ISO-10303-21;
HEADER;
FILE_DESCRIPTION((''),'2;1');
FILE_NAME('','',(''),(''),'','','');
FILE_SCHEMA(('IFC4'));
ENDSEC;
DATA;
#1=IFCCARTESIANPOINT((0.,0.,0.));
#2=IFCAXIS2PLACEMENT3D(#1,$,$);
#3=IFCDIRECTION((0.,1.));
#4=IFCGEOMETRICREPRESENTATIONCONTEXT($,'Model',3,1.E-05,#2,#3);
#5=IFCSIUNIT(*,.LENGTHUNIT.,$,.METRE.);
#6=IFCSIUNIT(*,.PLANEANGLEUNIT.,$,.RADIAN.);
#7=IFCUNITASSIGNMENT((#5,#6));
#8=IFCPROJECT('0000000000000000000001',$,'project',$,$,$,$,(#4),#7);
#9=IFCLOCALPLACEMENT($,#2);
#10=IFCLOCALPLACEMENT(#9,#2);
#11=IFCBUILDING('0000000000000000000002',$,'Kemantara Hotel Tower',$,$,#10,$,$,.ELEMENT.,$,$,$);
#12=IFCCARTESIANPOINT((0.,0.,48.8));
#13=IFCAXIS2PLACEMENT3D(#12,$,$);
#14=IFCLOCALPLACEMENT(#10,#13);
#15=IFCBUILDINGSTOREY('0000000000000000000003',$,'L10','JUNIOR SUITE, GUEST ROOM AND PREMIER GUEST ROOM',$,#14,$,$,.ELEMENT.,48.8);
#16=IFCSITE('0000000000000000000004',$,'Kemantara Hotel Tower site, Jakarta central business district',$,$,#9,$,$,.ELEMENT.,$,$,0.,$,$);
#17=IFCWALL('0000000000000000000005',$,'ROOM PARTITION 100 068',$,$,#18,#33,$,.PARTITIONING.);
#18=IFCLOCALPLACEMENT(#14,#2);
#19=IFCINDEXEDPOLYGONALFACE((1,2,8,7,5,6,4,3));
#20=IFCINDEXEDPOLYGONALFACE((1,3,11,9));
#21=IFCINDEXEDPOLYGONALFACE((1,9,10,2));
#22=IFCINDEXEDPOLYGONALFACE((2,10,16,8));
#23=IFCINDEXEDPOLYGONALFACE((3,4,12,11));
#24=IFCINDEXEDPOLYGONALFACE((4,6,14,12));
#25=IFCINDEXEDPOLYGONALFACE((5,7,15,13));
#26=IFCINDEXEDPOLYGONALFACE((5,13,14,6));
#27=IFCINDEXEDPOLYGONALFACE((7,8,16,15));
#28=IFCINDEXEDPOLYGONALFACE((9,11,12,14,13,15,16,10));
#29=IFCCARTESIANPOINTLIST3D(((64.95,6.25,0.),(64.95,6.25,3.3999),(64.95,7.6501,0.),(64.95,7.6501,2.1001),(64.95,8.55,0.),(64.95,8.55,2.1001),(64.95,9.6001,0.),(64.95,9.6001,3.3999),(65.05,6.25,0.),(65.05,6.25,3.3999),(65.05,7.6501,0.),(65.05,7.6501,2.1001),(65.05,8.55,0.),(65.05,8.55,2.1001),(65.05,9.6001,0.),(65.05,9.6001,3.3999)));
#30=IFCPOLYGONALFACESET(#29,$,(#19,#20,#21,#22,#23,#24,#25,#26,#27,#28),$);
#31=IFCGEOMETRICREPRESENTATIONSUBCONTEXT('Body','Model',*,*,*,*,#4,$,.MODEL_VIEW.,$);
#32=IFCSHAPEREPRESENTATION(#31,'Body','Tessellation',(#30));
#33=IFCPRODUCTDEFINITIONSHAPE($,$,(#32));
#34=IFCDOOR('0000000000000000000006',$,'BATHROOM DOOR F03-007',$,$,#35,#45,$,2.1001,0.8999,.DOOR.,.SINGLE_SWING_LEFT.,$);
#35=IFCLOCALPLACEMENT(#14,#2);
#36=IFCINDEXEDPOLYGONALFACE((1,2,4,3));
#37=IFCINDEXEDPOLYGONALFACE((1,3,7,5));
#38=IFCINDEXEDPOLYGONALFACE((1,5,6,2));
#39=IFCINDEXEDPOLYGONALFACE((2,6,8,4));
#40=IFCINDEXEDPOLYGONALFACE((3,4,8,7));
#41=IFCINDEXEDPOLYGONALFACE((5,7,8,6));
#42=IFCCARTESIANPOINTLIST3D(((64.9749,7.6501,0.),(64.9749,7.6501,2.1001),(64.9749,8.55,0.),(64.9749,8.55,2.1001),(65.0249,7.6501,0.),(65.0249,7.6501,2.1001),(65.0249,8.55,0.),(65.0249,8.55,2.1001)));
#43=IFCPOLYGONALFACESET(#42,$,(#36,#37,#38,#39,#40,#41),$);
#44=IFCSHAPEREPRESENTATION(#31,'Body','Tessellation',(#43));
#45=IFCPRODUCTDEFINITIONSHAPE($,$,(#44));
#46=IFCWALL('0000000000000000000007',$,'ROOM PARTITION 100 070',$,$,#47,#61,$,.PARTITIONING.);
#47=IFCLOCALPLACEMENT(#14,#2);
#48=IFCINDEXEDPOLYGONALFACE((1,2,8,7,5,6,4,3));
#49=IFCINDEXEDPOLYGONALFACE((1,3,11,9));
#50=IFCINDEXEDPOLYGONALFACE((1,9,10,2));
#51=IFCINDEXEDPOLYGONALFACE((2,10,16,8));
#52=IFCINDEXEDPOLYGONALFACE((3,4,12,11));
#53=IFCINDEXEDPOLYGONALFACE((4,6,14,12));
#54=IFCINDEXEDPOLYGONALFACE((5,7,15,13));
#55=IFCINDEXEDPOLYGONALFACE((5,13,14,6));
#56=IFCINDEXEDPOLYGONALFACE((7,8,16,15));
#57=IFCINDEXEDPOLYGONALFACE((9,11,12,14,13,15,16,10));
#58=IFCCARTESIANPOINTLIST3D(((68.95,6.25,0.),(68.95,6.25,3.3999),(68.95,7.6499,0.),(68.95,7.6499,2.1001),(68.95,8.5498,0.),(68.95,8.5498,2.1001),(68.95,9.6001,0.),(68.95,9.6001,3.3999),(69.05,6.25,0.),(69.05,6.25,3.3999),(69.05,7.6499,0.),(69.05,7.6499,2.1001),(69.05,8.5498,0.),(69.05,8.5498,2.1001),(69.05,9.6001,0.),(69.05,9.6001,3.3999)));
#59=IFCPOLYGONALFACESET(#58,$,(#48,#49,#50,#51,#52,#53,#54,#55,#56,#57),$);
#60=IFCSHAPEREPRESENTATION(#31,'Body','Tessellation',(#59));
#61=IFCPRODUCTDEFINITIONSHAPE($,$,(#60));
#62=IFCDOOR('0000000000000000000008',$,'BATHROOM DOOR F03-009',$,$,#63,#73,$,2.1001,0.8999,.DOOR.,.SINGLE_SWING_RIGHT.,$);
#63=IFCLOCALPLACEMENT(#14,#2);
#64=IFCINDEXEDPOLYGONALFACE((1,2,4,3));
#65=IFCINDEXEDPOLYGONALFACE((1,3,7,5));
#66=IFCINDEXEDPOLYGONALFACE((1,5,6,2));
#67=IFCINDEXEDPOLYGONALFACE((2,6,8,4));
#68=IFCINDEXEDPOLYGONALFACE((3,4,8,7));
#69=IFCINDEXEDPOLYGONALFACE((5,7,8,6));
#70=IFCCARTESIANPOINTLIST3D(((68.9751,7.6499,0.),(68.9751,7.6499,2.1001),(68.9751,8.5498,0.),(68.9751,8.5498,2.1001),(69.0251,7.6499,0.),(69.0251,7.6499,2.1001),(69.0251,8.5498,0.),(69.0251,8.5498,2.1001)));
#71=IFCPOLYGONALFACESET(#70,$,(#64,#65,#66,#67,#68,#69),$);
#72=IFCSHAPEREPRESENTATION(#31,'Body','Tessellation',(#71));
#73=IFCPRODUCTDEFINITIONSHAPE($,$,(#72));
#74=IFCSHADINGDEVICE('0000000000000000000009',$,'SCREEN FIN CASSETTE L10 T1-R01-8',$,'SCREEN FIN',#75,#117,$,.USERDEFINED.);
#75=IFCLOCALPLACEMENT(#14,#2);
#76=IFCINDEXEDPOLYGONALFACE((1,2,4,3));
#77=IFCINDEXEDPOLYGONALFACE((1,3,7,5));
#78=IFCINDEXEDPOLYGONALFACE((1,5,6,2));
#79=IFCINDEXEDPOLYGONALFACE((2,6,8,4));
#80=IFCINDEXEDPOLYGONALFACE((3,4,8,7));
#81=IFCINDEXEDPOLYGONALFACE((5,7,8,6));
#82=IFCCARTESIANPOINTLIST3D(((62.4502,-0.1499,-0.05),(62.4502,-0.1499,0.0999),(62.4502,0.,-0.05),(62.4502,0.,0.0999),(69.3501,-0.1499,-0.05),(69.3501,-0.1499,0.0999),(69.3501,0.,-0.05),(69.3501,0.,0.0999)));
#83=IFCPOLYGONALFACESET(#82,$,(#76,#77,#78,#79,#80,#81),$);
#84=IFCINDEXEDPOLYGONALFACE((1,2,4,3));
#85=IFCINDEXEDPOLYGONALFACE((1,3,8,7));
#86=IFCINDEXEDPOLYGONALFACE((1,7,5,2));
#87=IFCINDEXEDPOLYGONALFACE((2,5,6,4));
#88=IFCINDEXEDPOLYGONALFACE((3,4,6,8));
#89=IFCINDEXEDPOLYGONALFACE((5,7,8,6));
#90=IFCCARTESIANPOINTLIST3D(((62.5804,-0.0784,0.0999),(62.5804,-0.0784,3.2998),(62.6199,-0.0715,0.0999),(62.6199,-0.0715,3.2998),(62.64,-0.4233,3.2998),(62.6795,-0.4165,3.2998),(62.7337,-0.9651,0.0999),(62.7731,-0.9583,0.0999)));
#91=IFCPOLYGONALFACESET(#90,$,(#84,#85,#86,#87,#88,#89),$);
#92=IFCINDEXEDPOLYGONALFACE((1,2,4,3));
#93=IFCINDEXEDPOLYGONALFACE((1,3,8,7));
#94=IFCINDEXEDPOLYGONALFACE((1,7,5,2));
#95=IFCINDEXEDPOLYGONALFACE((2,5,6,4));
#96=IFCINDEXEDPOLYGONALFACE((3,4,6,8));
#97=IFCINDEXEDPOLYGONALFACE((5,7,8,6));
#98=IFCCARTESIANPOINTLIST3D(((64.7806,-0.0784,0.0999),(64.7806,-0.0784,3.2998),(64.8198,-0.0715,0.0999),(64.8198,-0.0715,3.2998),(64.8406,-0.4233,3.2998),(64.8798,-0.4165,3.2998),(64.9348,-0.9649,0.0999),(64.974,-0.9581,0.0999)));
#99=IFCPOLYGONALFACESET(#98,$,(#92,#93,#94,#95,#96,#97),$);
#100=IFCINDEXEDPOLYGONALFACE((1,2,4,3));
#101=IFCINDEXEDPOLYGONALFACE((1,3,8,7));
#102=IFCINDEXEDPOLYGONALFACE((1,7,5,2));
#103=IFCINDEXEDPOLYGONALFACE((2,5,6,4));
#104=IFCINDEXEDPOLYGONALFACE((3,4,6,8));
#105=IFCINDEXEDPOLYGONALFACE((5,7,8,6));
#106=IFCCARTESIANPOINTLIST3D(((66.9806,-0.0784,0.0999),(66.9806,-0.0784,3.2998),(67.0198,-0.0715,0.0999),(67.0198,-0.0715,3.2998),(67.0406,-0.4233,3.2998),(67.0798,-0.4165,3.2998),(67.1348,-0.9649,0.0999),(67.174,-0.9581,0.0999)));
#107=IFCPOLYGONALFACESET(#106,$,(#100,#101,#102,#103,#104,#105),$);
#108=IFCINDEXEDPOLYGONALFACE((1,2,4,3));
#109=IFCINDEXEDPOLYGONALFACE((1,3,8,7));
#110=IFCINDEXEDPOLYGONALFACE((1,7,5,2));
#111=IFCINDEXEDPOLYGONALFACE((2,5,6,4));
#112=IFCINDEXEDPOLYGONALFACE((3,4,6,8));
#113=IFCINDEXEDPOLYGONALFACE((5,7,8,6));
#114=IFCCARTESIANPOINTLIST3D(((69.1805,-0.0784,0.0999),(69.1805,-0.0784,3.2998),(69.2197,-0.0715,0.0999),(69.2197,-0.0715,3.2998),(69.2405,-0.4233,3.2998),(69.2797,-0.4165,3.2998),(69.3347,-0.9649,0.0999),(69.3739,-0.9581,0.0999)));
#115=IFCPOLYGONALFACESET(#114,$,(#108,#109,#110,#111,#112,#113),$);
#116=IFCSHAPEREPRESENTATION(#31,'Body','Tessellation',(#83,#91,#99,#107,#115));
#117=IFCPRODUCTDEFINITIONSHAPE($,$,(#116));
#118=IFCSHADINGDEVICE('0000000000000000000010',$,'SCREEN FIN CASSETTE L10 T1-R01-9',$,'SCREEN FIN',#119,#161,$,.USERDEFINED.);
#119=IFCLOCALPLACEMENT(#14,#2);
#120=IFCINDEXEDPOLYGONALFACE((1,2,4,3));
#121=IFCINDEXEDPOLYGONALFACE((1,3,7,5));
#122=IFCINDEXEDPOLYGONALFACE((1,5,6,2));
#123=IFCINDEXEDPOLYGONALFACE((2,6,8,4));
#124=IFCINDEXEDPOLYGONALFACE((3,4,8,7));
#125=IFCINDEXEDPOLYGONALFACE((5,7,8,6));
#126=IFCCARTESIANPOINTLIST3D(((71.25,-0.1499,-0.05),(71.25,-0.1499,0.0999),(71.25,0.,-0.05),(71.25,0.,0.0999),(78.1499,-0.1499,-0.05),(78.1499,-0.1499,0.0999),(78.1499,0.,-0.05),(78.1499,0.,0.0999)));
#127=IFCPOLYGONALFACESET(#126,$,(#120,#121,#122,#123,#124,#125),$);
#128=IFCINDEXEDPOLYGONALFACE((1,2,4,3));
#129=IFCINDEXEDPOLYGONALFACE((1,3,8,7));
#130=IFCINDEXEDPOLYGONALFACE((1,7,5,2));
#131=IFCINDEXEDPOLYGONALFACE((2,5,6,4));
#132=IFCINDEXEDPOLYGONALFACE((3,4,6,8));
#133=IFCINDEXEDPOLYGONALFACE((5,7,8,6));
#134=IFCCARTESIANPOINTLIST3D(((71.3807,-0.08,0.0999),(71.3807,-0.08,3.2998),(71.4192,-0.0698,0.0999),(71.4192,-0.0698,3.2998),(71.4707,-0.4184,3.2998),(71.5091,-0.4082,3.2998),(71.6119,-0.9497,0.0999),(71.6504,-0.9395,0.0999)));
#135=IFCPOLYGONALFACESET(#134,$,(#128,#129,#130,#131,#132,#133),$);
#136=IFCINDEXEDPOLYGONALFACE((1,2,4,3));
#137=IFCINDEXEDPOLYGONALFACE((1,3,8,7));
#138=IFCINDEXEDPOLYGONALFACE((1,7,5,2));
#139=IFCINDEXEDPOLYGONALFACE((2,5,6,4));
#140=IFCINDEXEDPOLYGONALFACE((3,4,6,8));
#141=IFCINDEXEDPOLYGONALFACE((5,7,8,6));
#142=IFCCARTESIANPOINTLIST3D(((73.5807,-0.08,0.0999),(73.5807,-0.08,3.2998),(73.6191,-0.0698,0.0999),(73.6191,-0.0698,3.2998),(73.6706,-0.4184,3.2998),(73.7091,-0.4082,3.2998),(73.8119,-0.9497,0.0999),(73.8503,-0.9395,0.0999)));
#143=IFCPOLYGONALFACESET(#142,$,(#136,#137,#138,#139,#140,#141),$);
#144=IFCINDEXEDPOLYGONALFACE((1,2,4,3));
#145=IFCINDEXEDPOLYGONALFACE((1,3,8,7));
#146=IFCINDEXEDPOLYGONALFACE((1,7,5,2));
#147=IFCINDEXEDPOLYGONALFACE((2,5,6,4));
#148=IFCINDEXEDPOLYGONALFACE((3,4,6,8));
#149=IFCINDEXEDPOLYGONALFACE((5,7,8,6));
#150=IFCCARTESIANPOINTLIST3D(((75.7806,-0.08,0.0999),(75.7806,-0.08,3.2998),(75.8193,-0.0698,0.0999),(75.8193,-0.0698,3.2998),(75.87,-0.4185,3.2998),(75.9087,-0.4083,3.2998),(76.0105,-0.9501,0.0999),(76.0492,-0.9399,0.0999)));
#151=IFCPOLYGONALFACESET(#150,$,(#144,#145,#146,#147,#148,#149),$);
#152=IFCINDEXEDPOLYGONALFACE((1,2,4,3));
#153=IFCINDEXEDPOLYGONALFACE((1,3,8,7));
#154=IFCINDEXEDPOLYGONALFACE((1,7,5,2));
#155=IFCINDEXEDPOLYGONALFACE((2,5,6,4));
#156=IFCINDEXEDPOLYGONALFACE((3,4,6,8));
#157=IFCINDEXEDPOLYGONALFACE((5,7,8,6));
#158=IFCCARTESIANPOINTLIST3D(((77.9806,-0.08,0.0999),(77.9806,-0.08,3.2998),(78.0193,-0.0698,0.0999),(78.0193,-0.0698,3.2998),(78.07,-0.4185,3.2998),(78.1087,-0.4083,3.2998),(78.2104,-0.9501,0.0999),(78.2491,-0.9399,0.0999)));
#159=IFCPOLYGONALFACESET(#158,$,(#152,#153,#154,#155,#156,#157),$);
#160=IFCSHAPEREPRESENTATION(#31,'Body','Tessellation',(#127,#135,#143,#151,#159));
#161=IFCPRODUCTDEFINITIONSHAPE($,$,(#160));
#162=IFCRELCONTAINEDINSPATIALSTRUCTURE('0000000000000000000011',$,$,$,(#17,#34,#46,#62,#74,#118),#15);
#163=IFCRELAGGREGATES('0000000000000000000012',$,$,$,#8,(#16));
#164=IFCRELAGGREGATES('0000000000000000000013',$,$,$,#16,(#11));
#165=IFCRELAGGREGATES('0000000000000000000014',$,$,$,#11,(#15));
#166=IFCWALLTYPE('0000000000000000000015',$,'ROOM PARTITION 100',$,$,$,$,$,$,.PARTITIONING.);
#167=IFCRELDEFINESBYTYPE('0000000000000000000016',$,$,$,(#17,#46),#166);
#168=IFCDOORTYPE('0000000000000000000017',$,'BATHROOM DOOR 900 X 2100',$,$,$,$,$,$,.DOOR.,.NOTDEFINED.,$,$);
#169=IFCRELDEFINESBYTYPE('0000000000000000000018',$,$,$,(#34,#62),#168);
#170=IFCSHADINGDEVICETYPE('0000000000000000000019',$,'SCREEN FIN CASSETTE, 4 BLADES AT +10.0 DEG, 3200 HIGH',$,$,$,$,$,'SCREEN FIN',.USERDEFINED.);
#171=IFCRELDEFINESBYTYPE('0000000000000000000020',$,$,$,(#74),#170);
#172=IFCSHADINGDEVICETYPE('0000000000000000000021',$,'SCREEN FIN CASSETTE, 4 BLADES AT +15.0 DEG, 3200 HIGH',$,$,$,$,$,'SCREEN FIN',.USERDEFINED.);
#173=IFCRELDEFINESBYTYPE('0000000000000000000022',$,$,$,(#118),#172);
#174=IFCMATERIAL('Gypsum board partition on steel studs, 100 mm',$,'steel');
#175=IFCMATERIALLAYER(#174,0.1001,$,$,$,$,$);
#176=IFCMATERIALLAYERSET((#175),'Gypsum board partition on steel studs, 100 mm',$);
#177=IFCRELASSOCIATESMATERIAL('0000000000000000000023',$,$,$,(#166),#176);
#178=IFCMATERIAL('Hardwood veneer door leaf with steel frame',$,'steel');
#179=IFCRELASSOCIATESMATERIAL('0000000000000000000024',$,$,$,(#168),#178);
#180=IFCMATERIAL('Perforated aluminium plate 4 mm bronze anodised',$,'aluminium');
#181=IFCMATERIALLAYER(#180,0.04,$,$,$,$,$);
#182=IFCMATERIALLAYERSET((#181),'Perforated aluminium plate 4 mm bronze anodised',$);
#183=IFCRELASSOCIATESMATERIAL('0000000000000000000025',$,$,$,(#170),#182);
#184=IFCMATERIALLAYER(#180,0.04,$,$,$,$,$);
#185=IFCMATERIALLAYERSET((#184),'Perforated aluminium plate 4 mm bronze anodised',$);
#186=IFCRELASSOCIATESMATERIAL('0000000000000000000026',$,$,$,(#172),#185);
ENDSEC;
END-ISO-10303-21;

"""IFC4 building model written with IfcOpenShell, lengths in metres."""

from ifc_helpers import new_model, si_unit, direction, frame, frame_2d, origin, origin_2d, place, context, subcontext, project, spatial, polyline, rectangle, outline, extrude, source, transform, mapped, material, layer, layer_set, type_object, element, fill, save


model = new_model("IFC4")

# Units and contexts
model_context = context("Model", 3, precision=1e-05, world=origin(), true_north=direction((0.0, 1.0)))
body_context = subcontext(model_context, "Body", "Model", "MODEL_VIEW")
ifc_project = project(units=[si_unit("LENGTHUNIT", "METRE"), si_unit("PLANEANGLEUNIT", "RADIAN")], contexts=[model_context])

# Site, building, storey
site_placement = place(None, origin())
site = spatial("IfcSite", under=ifc_project, at=site_placement, Name="Kemantara Hotel Tower site, Jakarta central business district", CompositionType="ELEMENT", RefElevation=0.0)
building_placement = place(site_placement, origin())
building = spatial("IfcBuilding", under=site, at=building_placement, Name="Kemantara Hotel Tower", CompositionType="ELEMENT")
storey_placement = place(building_placement, frame((0.0, 0.0, 48.8)))
storey = spatial("IfcBuildingStorey", under=building, at=storey_placement, Name="L10", Description="JUNIOR SUITE, GUEST ROOM AND PREMIER GUEST ROOM", CompositionType="ELEMENT", Elevation=48.8)

# Shared definitions
ifc_material_1 = material(Name="Hardwood veneer door leaf with steel frame", Category="steel")

# Shared definitions
ifc_material_2 = material(Name="Gypsum board partition on steel studs, 100 mm", Category="steel")
ifc_layer_1 = layer(ifc_material_2, 0.1001)
ifc_layer_set_1 = layer_set([ifc_layer_1], Name="Gypsum board partition on steel studs, 100 mm")
wall_type_1 = type_object("IfcWallType", Name="ROOM PARTITION 100", PredefinedType="PARTITIONING", material=ifc_layer_set_1)

# Walls, openings, doors
door_type_1 = type_object("IfcDoorType", Name="BATHROOM DOOR 900 X 2100", OperationType="NOTDEFINED", PredefinedType="DOOR", material=ifc_material_1)
wall_1_placement = place(storey_placement, frame((65.0, 9.6001, 0.0), z_axis=(0.0, 0.0, 1.0), x_axis=(0.0, -1.0, 0.0)))
wall_1 = element("IfcWall", 1, at=wall_1_placement, inside=storey, type_object=wall_type_1, Name="ROOM PARTITION 100 068", PredefinedType="PARTITIONING", context=body_context, shape_type="SweptSolid", body=[
    extrude(rectangle(XDim=3.3501, YDim=0.1001, at=frame_2d((1.675, 0.0))), origin(), (0.0, 0.0, 1.0), 3.3999),
])
opening_1_placement = place(wall_1_placement, frame((1.05, 0.0, 0.0)))
opening_1 = element("IfcOpeningElement", 2, at=opening_1_placement, cuts=wall_1, PredefinedType="OPENING", context=body_context, shape_type="SweptSolid", body=[
    extrude(rectangle(XDim=0.8999, YDim=2.1001, at=frame_2d((0.45, 1.05))), frame((0.0, 0.0601, 0.0), z_axis=(0.0, -1.0, 0.0), x_axis=(1.0, 0.0, 0.0)), (0.0, 0.0, 1.0), 0.1201),
])
door_1_placement = place(opening_1_placement, origin())
door_1 = element("IfcDoor", 3, at=door_1_placement, inside=storey, type_object=door_type_1, Name="BATHROOM DOOR F03-007", OperationType="SINGLE_SWING_LEFT", OverallHeight=2.1001, OverallWidth=0.8999, PredefinedType="DOOR", context=body_context, shape_type="SweptSolid", body=[
    extrude(rectangle(XDim=0.8999, YDim=2.1001, at=frame_2d((0.45, 1.05))), frame((0.0, 0.0249, 0.0), z_axis=(0.0, -1.0, 0.0), x_axis=(1.0, 0.0, 0.0)), (0.0, 0.0, 1.0), 0.05),
])
fill(opening_1, door_1)
wall_2_placement = place(storey_placement, frame((69.0, 6.25, 0.0), z_axis=(0.0, 0.0, 1.0), x_axis=(0.0, 1.0, 0.0)))
wall_2 = element("IfcWall", 4, at=wall_2_placement, inside=storey, type_object=wall_type_1, Name="ROOM PARTITION 100 070", PredefinedType="PARTITIONING", context=body_context, shape_type="SweptSolid", body=[
    extrude(rectangle(XDim=3.3501, YDim=0.1001, at=frame_2d((1.675, 0.0))), origin(), (0.0, 0.0, 1.0), 3.3999),
])
opening_2_placement = place(wall_2_placement, frame((1.3999, 0.0, 0.0)))
opening_2 = element("IfcOpeningElement", 5, at=opening_2_placement, cuts=wall_2, PredefinedType="OPENING", context=body_context, shape_type="SweptSolid", body=[
    extrude(rectangle(XDim=0.8999, YDim=2.1001, at=frame_2d((0.45, 1.05))), frame((0.0, 0.0601, 0.0), z_axis=(0.0, -1.0, 0.0), x_axis=(1.0, 0.0, 0.0)), (0.0, 0.0, 1.0), 0.1201),
])
door_2_placement = place(opening_2_placement, origin())
door_2 = element("IfcDoor", 6, at=door_2_placement, inside=storey, type_object=door_type_1, Name="BATHROOM DOOR F03-009", OperationType="SINGLE_SWING_RIGHT", OverallHeight=2.1001, OverallWidth=0.8999, PredefinedType="DOOR", context=body_context, shape_type="SweptSolid", body=[
    extrude(rectangle(XDim=0.8999, YDim=2.1001, at=frame_2d((0.45, 1.05))), frame((0.0, 0.0249, 0.0), z_axis=(0.0, -1.0, 0.0), x_axis=(1.0, 0.0, 0.0)), (0.0, 0.0, 1.0), 0.05),
])
fill(opening_2, door_2)

# Shading devices
ifc_material_3 = material(Name="Perforated aluminium plate 4 mm bronze anodised", Category="aluminium")
ifc_layer_2 = layer(ifc_material_3, 0.04)
ifc_layer_set_2 = layer_set([ifc_layer_2], Name="Perforated aluminium plate 4 mm bronze anodised")
shading_device_type_1 = type_object("IfcShadingDeviceType", Name="SCREEN FIN CASSETTE, 4 BLADES AT +10.0 DEG, 3200 HIGH", ElementType="SCREEN FIN", PredefinedType="USERDEFINED", material=ifc_layer_set_2)
shared_shape_1 = source(origin(), body_context, "Body", "SweptSolid", [
    extrude(rectangle(XDim=6.8999, YDim=0.1499, at=origin_2d()), frame((3.3, -0.075, -0.1499), z_axis=(0.0, 0.0, 1.0), x_axis=(1.0, 0.0, 0.0)), (0.0, 0.0, 1.0), 0.1499),
    extrude(outline(polyline([(0.0, 0.0), (0.8999, 0.0), (0.3501, 3.2), (0.0, 3.2), (0.0, 0.0)])), frame((0.0198, -0.0715, 0.0), z_axis=(-0.98539, -0.170314, 0.0), x_axis=(0.170314, -0.98539, 0.0)), (0.0, 0.0, 1.0), 0.04),
    extrude(outline(polyline([(0.0, 0.0), (0.8999, 0.0), (0.3501, 3.2), (0.0, 3.2), (0.0, 0.0)])), frame((2.2197, -0.0715, 0.0), z_axis=(-0.985212, -0.171341, 0.0), x_axis=(0.171341, -0.985212, 0.0)), (0.0, 0.0, 1.0), 0.0398),
    extrude(outline(polyline([(0.0, 0.0), (0.8999, 0.0), (0.3501, 3.2), (0.0, 3.2), (0.0, 0.0)])), frame((4.4197, -0.0715, 0.0), z_axis=(-0.985212, -0.171341, 0.0), x_axis=(0.171341, -0.985212, 0.0)), (0.0, 0.0, 1.0), 0.0398),
    extrude(outline(polyline([(0.0, 0.0), (0.8999, 0.0), (0.3501, 3.2), (0.0, 3.2), (0.0, 0.0)])), frame((6.6196, -0.0715, 0.0), z_axis=(-0.985212, -0.171341, 0.0), x_axis=(0.171341, -0.985212, 0.0)), (0.0, 0.0, 1.0), 0.0398),
])
shading_device_1_placement = place(storey_placement, frame((62.6001, 0.0, 0.0999), z_axis=(0.0, 0.0, 1.0), x_axis=(1.0, 0.0, 0.0)))
element("IfcShadingDevice", 7, at=shading_device_1_placement, inside=storey, type_object=shading_device_type_1, Name="SCREEN FIN CASSETTE L10 T1-R01-8", ObjectType="SCREEN FIN", PredefinedType="USERDEFINED", context=body_context, shape_type="MappedRepresentation", body=[
    mapped(shared_shape_1, transform((0.0, 0.0, 0.0))),
])
ifc_layer_3 = layer(ifc_material_3, 0.04)
ifc_layer_set_3 = layer_set([ifc_layer_3], Name="Perforated aluminium plate 4 mm bronze anodised")
shading_device_type_2 = type_object("IfcShadingDeviceType", Name="SCREEN FIN CASSETTE, 4 BLADES AT +15.0 DEG, 3200 HIGH", ElementType="SCREEN FIN", PredefinedType="USERDEFINED", material=ifc_layer_set_3)
shared_shape_2 = source(origin(), body_context, "Body", "SweptSolid", [
    extrude(rectangle(XDim=6.8999, YDim=0.1499, at=origin_2d()), frame((3.3, -0.075, -0.1499), z_axis=(0.0, 0.0, 1.0), x_axis=(1.0, 0.0, 0.0)), (0.0, 0.0, 1.0), 0.1499),
    extrude(outline(polyline([(0.0, 0.0), (0.8999, 0.0), (0.3501, 3.2), (0.0, 3.2), (0.0, 0.0)])), frame((0.0193, -0.0698, 0.0), z_axis=(-0.966438, -0.256901, 0.0), x_axis=(0.256901, -0.966438, 0.0)), (0.0, 0.0, 1.0), 0.0398),
    extrude(outline(polyline([(0.0, 0.0), (0.8999, 0.0), (0.3501, 3.2), (0.0, 3.2), (0.0, 0.0)])), frame((2.2192, -0.0698, 0.0), z_axis=(-0.966438, -0.256901, 0.0), x_axis=(0.256901, -0.966438, 0.0)), (0.0, 0.0, 1.0), 0.0398),
    extrude(outline(polyline([(0.0, 0.0), (0.8999, 0.0), (0.3501, 3.2), (0.0, 3.2), (0.0, 0.0)])), frame((4.4194, -0.0698, 0.0), z_axis=(-0.966838, -0.255391, 0.0), x_axis=(0.255391, -0.966838, 0.0)), (0.0, 0.0, 1.0), 0.04),
    extrude(outline(polyline([(0.0, 0.0), (0.8999, 0.0), (0.3501, 3.2), (0.0, 3.2), (0.0, 0.0)])), frame((6.6194, -0.0698, 0.0), z_axis=(-0.966838, -0.255391, 0.0), x_axis=(0.255391, -0.966838, 0.0)), (0.0, 0.0, 1.0), 0.04),
])
shading_device_2_placement = place(storey_placement, frame((71.3999, 0.0, 0.0999), z_axis=(0.0, 0.0, 1.0), x_axis=(1.0, 0.0, 0.0)))
element("IfcShadingDevice", 8, at=shading_device_2_placement, inside=storey, type_object=shading_device_type_2, Name="SCREEN FIN CASSETTE L10 T1-R01-9", ObjectType="SCREEN FIN", PredefinedType="USERDEFINED", context=body_context, shape_type="MappedRepresentation", body=[
    mapped(shared_shape_2, transform((0.0, 0.0, 0.0))),
])

save(model, "model.ifc")
